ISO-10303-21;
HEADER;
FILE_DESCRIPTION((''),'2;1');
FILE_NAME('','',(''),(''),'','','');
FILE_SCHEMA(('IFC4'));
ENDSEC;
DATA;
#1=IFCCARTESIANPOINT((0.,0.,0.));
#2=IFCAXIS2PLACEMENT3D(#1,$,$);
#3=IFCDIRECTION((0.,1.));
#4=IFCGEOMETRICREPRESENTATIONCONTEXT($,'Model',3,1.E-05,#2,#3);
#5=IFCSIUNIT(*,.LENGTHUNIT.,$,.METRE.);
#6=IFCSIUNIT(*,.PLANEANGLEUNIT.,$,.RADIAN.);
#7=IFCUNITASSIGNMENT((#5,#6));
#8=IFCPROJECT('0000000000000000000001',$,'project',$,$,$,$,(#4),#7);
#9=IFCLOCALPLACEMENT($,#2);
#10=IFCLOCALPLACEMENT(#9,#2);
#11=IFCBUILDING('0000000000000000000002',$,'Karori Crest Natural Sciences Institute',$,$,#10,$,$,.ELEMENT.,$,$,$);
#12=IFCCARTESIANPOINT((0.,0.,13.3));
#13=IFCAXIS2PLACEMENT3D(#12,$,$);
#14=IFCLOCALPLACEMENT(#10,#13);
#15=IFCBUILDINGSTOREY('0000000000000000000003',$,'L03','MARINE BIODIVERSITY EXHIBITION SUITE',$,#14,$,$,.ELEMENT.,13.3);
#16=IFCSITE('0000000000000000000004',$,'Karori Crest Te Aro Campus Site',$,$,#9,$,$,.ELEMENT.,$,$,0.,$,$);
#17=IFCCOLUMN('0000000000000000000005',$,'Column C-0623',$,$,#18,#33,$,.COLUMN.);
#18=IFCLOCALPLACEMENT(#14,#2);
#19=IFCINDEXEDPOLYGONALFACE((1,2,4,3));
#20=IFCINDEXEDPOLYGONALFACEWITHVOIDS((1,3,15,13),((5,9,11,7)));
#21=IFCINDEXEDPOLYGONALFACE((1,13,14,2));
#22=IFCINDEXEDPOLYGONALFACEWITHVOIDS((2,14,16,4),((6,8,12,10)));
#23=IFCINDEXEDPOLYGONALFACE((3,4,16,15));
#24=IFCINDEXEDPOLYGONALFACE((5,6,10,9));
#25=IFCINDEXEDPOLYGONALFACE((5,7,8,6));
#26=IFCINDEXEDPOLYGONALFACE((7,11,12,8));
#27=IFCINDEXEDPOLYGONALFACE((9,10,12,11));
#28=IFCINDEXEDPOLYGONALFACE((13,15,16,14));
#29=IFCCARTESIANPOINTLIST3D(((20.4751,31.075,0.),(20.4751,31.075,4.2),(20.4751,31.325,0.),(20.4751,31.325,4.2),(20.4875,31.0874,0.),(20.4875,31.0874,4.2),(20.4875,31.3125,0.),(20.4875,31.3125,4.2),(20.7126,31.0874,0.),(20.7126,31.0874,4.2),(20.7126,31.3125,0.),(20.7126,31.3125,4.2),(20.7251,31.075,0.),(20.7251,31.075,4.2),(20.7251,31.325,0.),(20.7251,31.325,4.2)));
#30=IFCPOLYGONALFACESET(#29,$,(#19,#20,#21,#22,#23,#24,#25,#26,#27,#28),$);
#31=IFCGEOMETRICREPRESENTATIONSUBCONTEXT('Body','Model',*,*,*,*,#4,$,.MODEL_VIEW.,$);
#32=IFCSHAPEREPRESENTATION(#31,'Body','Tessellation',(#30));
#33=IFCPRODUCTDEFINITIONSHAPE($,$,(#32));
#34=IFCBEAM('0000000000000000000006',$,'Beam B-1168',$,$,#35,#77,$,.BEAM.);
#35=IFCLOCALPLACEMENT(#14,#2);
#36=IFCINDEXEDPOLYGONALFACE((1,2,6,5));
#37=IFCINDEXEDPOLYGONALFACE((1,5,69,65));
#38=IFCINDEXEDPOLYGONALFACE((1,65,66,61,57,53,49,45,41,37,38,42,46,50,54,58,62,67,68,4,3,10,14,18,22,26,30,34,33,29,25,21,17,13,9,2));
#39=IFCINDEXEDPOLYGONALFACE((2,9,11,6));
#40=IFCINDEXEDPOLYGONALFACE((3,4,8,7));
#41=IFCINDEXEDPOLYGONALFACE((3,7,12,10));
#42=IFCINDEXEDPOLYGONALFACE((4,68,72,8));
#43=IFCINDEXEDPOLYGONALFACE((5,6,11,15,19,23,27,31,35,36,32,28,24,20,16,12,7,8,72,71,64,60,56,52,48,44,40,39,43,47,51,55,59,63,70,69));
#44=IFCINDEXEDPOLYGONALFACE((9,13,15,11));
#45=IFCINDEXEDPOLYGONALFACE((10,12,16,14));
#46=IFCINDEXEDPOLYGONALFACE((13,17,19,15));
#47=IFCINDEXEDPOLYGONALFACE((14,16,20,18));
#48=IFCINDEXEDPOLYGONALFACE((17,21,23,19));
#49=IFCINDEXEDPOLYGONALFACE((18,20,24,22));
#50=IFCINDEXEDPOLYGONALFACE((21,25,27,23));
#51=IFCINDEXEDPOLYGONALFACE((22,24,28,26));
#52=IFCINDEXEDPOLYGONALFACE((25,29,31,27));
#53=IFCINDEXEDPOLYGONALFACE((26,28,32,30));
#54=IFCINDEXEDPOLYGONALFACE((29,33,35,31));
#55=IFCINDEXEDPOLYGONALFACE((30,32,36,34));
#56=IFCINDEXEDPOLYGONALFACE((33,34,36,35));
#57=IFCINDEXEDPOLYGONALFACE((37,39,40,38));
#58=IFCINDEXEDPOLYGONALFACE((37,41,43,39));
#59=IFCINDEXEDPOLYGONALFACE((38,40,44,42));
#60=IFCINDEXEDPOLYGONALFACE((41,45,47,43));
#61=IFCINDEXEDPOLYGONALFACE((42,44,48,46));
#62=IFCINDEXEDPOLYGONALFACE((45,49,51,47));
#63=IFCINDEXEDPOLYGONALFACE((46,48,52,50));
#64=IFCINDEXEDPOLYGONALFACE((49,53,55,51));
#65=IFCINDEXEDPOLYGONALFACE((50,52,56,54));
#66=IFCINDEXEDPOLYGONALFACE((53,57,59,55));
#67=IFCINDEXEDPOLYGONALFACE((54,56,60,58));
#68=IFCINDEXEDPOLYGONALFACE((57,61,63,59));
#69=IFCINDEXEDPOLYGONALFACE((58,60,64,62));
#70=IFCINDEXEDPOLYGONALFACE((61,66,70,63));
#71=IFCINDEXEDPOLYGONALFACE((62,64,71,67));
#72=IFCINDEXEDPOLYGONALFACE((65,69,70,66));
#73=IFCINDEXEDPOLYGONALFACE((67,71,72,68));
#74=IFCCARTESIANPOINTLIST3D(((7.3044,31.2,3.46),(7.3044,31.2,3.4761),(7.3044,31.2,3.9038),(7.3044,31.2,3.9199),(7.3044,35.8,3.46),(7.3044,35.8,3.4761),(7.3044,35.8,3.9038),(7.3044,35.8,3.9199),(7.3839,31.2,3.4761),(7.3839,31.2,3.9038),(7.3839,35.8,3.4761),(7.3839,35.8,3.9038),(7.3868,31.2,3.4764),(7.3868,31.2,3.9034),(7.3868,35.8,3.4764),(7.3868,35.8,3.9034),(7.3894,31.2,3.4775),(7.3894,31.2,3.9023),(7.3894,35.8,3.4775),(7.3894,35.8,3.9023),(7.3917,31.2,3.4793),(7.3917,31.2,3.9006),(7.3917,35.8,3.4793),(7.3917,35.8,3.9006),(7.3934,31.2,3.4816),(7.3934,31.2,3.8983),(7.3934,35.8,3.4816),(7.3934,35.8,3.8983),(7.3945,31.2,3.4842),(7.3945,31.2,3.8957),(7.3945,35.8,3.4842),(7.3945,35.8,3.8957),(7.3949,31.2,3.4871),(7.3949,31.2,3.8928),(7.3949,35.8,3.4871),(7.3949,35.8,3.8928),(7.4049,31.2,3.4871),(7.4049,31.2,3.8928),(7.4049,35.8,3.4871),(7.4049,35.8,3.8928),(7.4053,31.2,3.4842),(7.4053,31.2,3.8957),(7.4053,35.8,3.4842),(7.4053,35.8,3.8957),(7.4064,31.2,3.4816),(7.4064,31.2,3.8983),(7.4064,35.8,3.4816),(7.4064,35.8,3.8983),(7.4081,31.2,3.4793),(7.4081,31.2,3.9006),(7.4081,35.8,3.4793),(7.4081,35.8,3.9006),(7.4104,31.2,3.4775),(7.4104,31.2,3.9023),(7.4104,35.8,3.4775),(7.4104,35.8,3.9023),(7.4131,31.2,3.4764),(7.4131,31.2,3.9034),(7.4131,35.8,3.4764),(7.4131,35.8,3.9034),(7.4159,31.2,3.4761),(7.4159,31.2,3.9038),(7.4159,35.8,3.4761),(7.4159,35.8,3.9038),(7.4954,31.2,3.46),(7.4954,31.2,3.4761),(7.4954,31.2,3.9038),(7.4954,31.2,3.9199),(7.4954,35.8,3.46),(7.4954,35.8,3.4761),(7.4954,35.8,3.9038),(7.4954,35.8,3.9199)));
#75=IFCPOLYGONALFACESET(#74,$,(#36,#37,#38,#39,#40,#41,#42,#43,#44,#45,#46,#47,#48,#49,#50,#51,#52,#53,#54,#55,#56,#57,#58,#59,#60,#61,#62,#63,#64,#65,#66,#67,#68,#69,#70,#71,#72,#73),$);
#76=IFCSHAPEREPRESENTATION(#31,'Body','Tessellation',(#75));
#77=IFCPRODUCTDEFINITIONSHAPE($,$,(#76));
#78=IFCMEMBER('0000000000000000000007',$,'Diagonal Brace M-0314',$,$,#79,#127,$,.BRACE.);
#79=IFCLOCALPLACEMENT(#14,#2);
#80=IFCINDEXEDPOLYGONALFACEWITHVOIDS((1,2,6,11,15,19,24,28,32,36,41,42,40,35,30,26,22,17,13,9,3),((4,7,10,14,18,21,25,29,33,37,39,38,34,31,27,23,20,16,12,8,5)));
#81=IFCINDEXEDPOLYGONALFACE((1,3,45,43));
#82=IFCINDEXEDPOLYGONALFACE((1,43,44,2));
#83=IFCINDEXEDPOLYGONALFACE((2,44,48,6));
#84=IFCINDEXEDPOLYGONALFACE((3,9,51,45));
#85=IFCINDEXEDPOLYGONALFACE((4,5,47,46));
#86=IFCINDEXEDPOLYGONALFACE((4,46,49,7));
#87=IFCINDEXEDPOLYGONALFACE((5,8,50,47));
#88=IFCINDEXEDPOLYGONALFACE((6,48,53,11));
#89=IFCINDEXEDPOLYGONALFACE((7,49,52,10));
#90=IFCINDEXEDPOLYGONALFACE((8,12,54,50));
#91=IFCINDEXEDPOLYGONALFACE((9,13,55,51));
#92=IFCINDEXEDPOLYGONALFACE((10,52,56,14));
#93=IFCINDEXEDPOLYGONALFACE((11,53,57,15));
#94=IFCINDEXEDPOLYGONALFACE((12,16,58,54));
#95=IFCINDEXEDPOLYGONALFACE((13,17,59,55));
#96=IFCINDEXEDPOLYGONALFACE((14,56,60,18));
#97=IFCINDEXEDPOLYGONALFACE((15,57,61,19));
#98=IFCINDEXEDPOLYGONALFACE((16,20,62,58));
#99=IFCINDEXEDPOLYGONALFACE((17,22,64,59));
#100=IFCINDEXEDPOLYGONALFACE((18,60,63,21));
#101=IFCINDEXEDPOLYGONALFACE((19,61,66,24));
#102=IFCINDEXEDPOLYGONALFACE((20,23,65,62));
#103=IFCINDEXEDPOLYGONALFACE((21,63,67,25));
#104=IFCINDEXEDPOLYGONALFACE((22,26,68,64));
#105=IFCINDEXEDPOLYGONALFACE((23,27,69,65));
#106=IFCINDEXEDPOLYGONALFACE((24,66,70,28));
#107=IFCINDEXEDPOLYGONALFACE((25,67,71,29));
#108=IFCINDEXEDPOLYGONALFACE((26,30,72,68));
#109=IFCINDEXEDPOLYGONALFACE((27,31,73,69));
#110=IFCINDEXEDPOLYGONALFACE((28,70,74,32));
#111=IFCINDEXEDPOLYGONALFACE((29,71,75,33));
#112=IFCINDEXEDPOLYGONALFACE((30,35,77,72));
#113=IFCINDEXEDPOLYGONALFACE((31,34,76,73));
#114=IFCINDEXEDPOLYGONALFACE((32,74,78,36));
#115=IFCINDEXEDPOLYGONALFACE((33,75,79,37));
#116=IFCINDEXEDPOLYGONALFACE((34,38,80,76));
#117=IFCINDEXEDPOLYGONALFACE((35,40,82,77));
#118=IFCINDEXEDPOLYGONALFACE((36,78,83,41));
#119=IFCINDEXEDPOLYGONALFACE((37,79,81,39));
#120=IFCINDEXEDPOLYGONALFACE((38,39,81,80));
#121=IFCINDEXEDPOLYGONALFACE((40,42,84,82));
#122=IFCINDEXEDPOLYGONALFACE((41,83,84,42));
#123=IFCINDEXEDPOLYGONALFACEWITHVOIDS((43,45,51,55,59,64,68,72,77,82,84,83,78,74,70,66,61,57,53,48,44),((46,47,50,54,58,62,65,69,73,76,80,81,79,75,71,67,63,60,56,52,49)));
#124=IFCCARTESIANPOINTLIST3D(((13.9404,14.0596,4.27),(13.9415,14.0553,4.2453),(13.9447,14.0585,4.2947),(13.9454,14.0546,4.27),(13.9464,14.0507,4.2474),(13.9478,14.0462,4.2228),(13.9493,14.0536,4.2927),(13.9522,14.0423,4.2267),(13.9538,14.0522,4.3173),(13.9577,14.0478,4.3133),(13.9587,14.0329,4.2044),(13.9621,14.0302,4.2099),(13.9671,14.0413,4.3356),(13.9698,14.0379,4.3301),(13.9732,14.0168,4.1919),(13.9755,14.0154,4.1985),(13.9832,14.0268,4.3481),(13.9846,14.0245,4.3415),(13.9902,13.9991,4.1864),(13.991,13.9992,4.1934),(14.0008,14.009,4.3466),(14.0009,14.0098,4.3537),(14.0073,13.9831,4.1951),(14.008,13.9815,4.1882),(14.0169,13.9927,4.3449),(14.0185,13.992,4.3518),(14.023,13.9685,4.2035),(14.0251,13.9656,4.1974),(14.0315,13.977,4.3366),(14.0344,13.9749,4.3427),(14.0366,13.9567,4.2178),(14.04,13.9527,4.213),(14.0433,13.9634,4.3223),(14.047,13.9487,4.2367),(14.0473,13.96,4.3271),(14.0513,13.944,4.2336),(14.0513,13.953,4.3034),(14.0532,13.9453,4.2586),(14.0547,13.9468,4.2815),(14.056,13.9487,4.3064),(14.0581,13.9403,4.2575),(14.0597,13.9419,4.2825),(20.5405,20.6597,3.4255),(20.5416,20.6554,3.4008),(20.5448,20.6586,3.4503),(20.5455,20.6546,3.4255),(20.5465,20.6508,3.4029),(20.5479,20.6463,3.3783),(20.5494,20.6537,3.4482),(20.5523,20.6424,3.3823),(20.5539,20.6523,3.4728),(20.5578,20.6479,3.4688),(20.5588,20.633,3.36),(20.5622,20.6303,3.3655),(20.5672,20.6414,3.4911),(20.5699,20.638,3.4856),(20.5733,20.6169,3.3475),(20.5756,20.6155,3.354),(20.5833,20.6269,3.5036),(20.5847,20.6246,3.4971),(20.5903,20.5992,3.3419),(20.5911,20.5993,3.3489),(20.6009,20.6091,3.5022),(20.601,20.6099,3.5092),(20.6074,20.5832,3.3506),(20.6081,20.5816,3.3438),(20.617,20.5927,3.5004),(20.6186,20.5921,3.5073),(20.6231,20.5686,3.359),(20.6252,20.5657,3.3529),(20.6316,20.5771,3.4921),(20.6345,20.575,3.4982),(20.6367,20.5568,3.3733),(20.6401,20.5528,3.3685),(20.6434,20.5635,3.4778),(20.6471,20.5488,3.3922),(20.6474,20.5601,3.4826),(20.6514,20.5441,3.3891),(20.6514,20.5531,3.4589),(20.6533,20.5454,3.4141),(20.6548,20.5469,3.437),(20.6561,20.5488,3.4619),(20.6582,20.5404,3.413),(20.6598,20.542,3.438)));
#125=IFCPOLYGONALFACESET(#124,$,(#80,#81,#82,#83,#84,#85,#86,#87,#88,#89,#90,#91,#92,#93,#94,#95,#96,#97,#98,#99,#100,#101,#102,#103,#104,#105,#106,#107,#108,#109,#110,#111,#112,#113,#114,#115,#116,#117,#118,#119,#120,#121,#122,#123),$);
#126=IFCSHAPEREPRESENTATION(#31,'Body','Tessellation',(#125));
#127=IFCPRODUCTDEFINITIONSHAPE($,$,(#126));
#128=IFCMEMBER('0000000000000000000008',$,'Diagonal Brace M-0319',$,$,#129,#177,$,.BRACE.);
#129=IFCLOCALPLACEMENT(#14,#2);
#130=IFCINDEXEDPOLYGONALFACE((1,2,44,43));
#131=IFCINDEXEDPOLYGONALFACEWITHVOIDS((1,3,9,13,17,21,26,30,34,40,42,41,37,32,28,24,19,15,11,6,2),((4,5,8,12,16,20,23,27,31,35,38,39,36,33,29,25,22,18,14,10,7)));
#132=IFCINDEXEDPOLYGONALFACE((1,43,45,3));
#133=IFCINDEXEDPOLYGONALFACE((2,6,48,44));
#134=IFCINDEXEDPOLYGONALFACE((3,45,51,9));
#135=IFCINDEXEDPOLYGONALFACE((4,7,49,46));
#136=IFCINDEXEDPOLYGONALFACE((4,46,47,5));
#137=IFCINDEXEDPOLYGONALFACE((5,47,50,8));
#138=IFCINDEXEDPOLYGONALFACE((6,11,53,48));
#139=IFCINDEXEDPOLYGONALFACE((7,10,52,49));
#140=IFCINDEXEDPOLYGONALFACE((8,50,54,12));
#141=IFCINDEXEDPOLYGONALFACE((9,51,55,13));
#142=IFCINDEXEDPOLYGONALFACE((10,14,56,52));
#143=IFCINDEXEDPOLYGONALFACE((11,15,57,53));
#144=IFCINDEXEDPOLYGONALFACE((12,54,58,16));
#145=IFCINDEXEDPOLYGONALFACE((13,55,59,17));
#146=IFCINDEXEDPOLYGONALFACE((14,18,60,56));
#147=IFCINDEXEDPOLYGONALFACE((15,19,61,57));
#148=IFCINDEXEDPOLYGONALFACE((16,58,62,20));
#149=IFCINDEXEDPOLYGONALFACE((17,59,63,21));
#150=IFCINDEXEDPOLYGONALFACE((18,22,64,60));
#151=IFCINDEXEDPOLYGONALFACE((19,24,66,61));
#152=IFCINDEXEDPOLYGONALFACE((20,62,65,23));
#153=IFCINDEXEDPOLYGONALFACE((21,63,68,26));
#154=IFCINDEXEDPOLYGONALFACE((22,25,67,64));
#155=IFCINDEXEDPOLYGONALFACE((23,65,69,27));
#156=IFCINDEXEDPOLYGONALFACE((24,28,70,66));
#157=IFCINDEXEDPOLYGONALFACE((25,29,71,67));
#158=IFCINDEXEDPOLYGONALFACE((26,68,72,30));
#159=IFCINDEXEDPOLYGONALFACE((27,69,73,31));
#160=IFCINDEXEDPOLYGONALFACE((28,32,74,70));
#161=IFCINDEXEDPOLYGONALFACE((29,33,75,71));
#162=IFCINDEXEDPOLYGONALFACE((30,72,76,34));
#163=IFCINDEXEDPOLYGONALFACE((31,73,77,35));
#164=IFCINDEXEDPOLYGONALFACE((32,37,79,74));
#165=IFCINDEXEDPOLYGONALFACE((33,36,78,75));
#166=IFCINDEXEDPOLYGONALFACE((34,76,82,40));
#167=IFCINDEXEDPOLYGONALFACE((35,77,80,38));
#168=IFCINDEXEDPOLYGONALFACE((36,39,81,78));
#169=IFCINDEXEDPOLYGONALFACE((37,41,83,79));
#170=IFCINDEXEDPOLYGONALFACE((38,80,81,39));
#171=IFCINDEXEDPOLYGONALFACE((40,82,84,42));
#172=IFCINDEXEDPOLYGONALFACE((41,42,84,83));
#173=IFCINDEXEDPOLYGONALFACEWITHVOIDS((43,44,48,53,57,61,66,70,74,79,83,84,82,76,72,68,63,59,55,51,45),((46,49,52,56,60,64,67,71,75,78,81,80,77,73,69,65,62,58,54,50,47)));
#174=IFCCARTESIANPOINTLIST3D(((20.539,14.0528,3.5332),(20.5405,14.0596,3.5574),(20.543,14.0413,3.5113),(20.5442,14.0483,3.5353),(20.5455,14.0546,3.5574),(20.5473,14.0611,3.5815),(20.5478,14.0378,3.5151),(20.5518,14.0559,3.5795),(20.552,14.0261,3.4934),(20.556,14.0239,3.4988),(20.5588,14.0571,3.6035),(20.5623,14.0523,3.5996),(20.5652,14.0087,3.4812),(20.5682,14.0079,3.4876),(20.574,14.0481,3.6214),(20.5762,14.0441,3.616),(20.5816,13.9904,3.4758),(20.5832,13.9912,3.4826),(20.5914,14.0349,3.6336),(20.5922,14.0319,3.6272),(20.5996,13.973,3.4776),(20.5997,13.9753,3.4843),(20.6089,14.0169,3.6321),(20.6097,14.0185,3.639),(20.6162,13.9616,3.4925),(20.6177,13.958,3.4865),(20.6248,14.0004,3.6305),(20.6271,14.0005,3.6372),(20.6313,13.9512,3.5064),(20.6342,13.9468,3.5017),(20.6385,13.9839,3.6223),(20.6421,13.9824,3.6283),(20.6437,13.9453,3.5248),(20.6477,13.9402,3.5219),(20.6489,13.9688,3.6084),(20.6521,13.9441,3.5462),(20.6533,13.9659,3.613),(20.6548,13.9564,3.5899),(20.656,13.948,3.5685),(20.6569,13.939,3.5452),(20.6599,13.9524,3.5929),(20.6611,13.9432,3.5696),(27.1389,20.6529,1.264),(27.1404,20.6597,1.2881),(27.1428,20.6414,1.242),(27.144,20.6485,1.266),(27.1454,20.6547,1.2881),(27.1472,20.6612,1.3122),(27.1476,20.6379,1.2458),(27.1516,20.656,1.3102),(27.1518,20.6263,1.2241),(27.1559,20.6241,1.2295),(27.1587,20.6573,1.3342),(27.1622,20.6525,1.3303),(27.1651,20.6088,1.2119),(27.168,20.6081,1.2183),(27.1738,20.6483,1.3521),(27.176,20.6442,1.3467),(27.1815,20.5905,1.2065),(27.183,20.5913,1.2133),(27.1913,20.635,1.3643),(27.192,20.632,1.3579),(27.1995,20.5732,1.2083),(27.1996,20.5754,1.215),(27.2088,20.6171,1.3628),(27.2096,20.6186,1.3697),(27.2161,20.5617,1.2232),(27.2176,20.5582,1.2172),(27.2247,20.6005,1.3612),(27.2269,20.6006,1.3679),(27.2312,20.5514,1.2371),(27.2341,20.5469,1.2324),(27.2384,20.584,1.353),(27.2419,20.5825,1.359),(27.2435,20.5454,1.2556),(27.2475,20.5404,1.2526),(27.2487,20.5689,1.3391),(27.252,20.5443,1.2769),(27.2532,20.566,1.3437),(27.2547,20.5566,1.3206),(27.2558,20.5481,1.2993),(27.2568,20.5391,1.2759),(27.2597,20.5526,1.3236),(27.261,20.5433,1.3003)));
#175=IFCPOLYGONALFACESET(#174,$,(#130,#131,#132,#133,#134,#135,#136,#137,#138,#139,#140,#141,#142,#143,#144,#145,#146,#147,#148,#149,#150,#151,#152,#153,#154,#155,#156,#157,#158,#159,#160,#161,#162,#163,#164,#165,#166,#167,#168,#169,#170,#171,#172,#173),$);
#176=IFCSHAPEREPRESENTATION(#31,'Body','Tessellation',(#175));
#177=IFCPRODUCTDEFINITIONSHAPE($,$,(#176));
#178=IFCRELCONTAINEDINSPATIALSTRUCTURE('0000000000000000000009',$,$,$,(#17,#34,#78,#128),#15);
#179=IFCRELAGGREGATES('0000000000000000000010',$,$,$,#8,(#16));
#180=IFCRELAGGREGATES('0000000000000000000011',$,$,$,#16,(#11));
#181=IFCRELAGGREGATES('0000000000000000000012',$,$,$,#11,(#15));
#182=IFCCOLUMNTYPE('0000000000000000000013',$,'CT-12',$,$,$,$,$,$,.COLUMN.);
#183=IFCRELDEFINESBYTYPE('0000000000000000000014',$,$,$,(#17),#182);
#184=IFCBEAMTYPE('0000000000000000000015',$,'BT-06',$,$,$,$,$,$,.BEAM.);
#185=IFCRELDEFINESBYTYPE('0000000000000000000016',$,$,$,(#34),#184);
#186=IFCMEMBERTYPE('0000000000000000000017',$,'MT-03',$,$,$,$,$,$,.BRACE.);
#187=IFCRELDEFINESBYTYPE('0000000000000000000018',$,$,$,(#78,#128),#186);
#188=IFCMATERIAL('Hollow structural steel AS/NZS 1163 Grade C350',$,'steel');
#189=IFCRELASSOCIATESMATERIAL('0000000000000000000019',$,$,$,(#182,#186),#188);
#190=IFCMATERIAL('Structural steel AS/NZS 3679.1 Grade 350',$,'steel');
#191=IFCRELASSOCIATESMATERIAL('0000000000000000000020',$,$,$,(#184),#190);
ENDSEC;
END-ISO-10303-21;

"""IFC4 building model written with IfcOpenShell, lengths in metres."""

from ifc_helpers import new_model, si_unit, direction, frame, origin, origin_2d, place, context, subcontext, project, spatial, hollow_rectangle, hollow_circle, i_section, extrude, material, material_profile, profile_set, type_object, element, save


model = new_model("IFC4")

# Units and contexts
model_context = context("Model", 3, precision=1e-05, world=origin(), true_north=direction((0.0, 1.0)))
body_context = subcontext(model_context, "Body", "Model", "MODEL_VIEW")
ifc_project = project(units=[si_unit("LENGTHUNIT", "METRE"), si_unit("PLANEANGLEUNIT", "RADIAN")], contexts=[model_context])

# Site, building, storey
site_placement = place(None, origin())
site = spatial("IfcSite", under=ifc_project, at=site_placement, Name="Karori Crest Te Aro Campus Site", CompositionType="ELEMENT", RefElevation=0.0)
building_placement = place(site_placement, origin())
building = spatial("IfcBuilding", under=site, at=building_placement, Name="Karori Crest Natural Sciences Institute", CompositionType="ELEMENT")
storey_placement = place(building_placement, frame((0.0, 0.0, 13.3)))
storey = spatial("IfcBuildingStorey", under=building, at=storey_placement, Name="L03", Description="MARINE BIODIVERSITY EXHIBITION SUITE", CompositionType="ELEMENT", Elevation=13.3)

# Column
ifc_material_1 = material(Name="Hollow structural steel AS/NZS 1163 Grade C350", Category="steel")
ifc_material_profile_1 = material_profile(ifc_material_1, hollow_rectangle(XDim=0.25, YDim=0.25, WallThickness=0.0125, at=origin_2d()), Name="SHS250x250x12.5")
ifc_profile_set_1 = profile_set([ifc_material_profile_1], Name="Hollow structural steel AS/NZS 1163 Grade C350")
column_type = type_object("IfcColumnType", Name="CT-12", PredefinedType="COLUMN", material=ifc_profile_set_1)
column_placement = place(storey_placement, frame((20.6001, 31.2, 0.0), z_axis=(0.0, 0.0, 1.0), x_axis=(1.0, 0.0, 0.0)))
element("IfcColumn", 1, at=column_placement, inside=storey, type_object=column_type, Name="Column C-0623", PredefinedType="COLUMN", context=body_context, shape_type="SweptSolid", body=[
    extrude(hollow_rectangle(XDim=0.25, YDim=0.25, WallThickness=0.0125, at=origin_2d()), origin(), (0.0, 0.0, 1.0), 4.2),
])

# Beam
ifc_material_2 = material(Name="Structural steel AS/NZS 3679.1 Grade 350", Category="steel")
ifc_material_profile_2 = material_profile(ifc_material_2, i_section(OverallWidth=0.1909, OverallDepth=0.46, WebThickness=0.01, FlangeThickness=0.0161, FilletRadius=0.011, at=origin_2d()), Name="460UB82.1")
ifc_profile_set_2 = profile_set([ifc_material_profile_2], Name="Structural steel AS/NZS 3679.1 Grade 350")
beam_type = type_object("IfcBeamType", Name="BT-06", PredefinedType="BEAM", material=ifc_profile_set_2)
beam_placement = place(storey_placement, frame((7.3999, 31.2, 3.6899), z_axis=(0.0, 1.0, 0.0), x_axis=(-1.0, 0.0, 0.0)))
element("IfcBeam", 2, at=beam_placement, inside=storey, type_object=beam_type, Name="Beam B-1168", PredefinedType="BEAM", context=body_context, shape_type="SweptSolid", body=[
    extrude(i_section(OverallWidth=0.1909, OverallDepth=0.46, WebThickness=0.01, FlangeThickness=0.0161, FilletRadius=0.011, at=origin_2d()), origin(), (0.0, 0.0, 1.0), 4.6001),
])

# Members
ifc_material_profile_3 = material_profile(ifc_material_1, hollow_circle(Radius=0.0842, WallThickness=0.0071, at=origin_2d()), Name="CHS168.3x7.1")
ifc_profile_set_3 = profile_set([ifc_material_profile_3], Name="Hollow structural steel AS/NZS 1163 Grade C350")
member_type_1 = type_object("IfcMemberType", Name="MT-03", PredefinedType="BRACE", material=ifc_profile_set_3)
member_1_placement = place(storey_placement, frame((14.0, 14.0, 4.27), z_axis=(0.70423, 0.70423, -0.090106), x_axis=(-0.707107, 0.707107, 0.0)))
element("IfcMember", 3, at=member_1_placement, inside=storey, type_object=member_type_1, Name="Diagonal Brace M-0314", PredefinedType="BRACE", context=body_context, shape_type="SweptSolid", body=[
    extrude(hollow_circle(Radius=0.0842, WallThickness=0.0071, at=origin_2d()), origin(), (0.0, 0.0, 1.0), 9.3721),
])
member_2_placement = place(storey_placement, frame((20.6001, 14.0, 3.5574), z_axis=(0.687078, 0.687104, -0.236244), x_axis=(-0.70712, 0.707094, 0.0)))
element("IfcMember", 4, at=member_2_placement, inside=storey, type_object=member_type_1, Name="Diagonal Brace M-0319", PredefinedType="BRACE", context=body_context, shape_type="SweptSolid", body=[
    extrude(hollow_circle(Radius=0.0842, WallThickness=0.0071, at=origin_2d()), origin(), (0.0, 0.0, 1.0), 9.6057),
])

save(model, "model.ifc")
